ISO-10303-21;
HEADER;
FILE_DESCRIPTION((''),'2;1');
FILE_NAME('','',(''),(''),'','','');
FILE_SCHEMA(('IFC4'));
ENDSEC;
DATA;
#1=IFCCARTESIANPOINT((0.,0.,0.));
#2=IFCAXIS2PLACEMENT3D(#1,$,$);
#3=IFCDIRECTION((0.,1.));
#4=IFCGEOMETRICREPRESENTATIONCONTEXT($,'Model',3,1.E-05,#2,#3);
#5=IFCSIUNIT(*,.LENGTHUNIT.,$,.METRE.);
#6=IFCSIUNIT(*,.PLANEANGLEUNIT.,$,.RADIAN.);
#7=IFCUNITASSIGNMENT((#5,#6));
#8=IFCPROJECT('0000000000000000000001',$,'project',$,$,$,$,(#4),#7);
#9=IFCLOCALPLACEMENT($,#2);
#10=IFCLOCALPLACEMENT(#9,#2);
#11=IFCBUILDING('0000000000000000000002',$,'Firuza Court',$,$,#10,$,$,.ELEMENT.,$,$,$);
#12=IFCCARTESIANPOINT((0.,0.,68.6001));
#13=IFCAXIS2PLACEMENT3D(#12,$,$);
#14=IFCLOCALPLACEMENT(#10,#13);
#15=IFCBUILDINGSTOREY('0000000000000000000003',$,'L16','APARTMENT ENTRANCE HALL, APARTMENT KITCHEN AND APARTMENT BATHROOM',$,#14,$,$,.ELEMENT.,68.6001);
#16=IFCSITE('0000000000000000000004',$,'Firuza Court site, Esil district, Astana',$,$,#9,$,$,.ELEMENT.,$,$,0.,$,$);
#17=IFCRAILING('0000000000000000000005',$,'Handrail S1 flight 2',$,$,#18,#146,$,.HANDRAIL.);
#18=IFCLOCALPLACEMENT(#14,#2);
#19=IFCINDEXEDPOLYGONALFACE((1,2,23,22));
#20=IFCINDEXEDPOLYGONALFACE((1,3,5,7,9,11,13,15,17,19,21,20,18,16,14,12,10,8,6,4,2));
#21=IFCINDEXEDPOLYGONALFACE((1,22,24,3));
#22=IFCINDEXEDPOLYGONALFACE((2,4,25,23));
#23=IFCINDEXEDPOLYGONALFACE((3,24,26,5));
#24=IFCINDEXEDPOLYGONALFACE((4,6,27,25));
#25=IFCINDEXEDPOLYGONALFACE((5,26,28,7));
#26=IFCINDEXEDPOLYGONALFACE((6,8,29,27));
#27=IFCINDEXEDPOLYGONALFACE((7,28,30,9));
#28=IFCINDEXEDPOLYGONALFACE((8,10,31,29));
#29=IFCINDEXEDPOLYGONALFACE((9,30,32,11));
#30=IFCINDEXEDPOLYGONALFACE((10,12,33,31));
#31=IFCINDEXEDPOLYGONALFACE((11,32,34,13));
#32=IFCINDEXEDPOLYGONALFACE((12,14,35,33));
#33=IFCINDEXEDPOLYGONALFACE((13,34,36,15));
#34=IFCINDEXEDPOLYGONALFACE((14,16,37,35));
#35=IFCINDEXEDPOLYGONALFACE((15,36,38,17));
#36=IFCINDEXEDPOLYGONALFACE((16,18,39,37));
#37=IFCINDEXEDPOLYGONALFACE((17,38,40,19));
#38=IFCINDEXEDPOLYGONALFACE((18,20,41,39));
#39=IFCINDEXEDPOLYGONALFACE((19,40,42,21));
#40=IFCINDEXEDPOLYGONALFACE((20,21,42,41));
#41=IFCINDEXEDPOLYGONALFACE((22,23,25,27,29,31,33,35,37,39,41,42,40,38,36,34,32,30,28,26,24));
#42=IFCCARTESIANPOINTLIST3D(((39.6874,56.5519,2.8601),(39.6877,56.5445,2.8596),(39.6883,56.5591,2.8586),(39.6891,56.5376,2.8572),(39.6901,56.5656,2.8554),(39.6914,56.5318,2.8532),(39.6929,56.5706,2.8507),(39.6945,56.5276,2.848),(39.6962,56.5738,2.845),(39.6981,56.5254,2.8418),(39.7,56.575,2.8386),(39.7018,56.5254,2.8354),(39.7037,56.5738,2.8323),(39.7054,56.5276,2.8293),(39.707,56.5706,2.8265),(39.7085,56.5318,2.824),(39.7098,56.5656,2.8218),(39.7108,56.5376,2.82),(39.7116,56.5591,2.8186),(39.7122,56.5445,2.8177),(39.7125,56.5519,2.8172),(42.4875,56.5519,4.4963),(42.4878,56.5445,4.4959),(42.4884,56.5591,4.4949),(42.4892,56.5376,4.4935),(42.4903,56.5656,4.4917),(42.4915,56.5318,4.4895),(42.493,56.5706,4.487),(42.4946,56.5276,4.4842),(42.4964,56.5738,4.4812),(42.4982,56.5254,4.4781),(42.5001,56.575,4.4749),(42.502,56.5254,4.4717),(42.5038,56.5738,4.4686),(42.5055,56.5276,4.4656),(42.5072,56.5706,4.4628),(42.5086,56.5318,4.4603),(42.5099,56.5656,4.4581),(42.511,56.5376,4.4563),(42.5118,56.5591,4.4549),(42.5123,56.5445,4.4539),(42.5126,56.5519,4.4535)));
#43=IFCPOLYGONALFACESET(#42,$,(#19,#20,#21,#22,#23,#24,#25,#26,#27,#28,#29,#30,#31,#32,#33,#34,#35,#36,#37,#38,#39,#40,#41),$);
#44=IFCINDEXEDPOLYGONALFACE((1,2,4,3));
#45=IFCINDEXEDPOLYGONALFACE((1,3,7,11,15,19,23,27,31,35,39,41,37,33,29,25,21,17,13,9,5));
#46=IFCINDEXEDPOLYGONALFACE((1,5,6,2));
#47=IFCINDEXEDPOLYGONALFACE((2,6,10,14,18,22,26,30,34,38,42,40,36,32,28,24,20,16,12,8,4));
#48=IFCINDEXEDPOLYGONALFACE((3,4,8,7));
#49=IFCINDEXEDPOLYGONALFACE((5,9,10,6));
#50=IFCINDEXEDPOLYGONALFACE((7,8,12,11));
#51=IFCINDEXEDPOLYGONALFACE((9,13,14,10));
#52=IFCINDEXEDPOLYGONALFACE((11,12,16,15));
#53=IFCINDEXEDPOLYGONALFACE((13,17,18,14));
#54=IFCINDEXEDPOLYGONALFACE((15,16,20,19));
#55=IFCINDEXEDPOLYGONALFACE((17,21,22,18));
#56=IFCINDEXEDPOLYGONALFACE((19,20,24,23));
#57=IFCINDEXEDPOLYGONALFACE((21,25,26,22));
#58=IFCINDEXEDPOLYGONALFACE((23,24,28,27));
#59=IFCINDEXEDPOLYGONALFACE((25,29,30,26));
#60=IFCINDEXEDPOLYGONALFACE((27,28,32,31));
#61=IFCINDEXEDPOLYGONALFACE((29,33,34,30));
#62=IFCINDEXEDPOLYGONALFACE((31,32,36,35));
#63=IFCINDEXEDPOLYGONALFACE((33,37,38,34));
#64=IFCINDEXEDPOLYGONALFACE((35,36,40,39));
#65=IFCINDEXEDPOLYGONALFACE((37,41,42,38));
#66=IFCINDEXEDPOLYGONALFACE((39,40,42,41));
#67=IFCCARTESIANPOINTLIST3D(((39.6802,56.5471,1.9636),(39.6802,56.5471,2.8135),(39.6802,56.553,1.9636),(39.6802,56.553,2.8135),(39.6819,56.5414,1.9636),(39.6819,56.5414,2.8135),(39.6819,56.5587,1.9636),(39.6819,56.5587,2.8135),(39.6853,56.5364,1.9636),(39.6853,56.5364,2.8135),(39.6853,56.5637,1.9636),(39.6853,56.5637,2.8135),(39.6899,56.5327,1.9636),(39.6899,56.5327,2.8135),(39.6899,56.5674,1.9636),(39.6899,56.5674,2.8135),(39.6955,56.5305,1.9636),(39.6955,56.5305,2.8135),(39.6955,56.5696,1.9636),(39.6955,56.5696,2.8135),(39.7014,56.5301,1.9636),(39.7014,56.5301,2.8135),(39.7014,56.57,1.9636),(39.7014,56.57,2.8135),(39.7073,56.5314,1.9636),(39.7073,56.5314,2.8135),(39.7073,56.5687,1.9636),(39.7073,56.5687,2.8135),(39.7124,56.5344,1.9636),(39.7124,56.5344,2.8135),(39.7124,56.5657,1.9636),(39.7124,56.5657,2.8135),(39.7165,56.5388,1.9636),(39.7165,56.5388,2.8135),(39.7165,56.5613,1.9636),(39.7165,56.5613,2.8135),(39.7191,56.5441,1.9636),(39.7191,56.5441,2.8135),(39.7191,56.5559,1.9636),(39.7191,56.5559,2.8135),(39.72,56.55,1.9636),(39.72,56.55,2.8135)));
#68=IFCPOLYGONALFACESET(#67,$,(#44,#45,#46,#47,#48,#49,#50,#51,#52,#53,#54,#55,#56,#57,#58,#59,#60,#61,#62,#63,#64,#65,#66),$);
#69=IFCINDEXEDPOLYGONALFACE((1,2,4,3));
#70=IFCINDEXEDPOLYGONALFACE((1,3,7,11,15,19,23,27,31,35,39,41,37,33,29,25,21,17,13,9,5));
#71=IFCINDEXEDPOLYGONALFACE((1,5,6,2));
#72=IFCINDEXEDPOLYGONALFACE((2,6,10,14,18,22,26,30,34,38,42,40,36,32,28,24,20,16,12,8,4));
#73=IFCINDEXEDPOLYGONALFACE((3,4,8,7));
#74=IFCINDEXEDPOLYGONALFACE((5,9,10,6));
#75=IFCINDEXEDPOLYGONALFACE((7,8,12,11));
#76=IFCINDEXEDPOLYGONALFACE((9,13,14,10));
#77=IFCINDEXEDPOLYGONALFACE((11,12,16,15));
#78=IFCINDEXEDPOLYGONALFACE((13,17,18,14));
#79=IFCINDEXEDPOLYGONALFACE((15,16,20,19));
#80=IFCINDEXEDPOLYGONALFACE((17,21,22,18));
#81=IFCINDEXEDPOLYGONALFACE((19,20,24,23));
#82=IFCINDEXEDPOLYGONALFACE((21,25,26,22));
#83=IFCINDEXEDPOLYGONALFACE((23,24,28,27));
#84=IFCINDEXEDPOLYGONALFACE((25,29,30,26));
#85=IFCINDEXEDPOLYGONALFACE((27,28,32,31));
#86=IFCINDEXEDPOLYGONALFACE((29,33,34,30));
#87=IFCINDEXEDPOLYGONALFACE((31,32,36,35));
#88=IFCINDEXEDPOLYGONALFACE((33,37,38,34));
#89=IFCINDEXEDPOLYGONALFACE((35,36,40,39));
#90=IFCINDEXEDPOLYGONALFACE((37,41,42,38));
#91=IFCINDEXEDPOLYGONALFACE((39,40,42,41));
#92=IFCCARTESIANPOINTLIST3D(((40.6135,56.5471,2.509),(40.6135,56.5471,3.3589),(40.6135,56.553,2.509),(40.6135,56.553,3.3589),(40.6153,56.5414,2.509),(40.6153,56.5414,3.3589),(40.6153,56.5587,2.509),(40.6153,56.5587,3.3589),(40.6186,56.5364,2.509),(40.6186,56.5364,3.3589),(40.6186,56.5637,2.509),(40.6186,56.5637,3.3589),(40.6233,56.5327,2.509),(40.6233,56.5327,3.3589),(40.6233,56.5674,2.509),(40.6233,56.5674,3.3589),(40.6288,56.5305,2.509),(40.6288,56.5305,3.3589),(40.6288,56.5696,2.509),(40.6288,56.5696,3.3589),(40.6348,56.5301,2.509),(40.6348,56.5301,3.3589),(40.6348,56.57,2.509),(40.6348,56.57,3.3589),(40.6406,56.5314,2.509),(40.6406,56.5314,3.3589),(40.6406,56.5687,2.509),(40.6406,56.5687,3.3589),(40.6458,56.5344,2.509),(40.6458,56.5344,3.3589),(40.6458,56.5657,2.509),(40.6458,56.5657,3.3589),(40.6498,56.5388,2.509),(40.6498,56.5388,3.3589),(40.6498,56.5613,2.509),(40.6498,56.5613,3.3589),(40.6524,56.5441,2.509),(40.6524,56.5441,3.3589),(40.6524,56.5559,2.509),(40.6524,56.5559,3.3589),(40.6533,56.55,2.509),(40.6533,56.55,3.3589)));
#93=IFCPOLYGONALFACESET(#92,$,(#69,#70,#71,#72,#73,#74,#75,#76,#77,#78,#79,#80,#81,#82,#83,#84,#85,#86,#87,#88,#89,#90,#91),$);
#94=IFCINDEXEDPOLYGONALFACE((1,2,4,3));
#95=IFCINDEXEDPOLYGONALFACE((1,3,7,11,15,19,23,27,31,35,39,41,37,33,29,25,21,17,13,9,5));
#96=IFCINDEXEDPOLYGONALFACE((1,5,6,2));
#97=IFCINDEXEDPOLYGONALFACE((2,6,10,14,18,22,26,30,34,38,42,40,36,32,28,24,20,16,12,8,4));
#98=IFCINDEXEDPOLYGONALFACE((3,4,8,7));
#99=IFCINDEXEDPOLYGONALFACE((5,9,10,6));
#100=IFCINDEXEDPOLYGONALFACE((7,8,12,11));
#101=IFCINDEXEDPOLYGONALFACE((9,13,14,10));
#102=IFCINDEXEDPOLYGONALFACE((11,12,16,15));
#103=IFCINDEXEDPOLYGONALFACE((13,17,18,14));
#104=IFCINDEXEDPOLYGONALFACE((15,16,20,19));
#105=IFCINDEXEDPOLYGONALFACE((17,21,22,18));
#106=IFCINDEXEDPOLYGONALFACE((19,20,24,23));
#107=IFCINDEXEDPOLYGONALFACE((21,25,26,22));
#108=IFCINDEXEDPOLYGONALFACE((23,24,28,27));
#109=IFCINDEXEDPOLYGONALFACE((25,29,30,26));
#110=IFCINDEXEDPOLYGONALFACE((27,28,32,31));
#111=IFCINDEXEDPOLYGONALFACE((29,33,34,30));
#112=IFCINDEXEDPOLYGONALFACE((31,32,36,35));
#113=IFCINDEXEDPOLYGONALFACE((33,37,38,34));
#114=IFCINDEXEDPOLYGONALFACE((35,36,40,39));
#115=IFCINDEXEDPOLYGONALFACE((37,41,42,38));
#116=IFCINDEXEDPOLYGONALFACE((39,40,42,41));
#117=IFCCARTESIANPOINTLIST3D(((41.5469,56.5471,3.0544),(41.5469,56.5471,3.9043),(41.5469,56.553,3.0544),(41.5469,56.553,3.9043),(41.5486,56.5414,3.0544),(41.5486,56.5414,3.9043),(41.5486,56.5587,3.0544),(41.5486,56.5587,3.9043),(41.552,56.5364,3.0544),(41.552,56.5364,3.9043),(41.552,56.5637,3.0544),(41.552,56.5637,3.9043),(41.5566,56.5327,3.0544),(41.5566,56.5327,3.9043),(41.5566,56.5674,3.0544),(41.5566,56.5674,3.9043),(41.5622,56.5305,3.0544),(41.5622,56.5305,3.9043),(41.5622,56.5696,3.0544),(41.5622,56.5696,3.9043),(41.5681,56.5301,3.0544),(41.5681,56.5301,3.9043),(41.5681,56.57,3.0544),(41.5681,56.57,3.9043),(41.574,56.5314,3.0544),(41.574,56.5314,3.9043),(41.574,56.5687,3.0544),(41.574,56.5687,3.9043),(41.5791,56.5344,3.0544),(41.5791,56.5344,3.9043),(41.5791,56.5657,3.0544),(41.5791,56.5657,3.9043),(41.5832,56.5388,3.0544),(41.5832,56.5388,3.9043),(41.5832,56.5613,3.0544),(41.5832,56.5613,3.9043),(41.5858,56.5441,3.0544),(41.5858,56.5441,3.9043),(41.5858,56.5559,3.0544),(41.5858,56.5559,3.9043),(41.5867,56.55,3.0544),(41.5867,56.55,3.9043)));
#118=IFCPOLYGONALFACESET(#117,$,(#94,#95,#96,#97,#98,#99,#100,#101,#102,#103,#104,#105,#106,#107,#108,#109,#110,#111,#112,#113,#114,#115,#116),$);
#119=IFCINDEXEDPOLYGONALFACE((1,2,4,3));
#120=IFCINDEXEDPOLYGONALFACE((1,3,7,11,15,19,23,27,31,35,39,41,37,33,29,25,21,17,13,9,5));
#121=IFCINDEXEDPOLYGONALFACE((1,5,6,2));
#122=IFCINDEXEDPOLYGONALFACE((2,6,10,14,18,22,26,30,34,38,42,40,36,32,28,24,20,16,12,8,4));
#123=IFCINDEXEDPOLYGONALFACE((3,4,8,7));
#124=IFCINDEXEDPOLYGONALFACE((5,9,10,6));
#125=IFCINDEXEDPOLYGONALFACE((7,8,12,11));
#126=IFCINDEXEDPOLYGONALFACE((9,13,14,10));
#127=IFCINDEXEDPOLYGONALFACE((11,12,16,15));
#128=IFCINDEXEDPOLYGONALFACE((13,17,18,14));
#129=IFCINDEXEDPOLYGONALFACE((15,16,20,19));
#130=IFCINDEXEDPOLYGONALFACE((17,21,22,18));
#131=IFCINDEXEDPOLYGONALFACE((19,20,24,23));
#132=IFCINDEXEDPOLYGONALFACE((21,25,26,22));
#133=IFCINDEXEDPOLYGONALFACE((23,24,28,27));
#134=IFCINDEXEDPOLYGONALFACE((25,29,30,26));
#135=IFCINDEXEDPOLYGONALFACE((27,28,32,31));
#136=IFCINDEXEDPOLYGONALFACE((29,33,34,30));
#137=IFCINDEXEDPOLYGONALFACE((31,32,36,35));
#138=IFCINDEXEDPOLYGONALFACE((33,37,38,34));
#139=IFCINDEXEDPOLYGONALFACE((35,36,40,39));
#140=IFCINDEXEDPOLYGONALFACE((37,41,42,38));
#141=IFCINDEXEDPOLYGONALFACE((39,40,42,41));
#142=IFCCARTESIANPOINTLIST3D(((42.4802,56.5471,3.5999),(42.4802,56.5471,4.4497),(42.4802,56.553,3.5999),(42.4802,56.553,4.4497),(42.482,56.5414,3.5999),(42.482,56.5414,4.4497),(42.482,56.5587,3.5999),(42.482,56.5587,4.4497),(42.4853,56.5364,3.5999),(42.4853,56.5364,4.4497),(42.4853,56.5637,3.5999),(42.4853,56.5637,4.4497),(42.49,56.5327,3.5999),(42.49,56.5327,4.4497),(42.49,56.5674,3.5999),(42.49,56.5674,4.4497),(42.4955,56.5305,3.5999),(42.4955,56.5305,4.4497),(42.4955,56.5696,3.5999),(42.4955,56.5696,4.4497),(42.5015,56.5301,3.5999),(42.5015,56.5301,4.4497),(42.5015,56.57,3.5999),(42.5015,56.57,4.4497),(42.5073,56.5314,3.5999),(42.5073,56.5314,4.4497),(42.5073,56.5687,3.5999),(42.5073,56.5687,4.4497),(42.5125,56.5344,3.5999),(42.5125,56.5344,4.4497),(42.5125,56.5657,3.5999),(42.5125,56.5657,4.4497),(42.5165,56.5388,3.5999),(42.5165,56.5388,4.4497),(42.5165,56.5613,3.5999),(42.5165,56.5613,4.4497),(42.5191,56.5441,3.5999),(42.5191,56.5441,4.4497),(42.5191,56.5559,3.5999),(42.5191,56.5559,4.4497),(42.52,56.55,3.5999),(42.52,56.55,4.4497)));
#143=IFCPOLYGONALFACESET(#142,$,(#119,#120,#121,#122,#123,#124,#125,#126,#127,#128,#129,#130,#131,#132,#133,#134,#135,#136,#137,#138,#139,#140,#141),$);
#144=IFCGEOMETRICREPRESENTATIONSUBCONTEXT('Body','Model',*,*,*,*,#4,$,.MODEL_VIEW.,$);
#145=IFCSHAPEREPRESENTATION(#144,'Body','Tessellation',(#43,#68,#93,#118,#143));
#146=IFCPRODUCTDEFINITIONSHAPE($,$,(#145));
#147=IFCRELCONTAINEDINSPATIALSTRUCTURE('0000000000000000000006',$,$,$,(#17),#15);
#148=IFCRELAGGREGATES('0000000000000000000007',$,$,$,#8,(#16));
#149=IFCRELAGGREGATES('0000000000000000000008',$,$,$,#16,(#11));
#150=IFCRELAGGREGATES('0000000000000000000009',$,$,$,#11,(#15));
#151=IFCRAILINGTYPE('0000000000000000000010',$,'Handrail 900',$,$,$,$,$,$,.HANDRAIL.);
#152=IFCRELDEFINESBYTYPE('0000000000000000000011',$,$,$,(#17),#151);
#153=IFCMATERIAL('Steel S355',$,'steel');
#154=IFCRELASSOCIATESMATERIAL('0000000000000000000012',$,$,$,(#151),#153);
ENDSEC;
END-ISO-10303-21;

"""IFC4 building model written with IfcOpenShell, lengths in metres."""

from ifc_helpers import new_model, si_unit, direction, frame, origin, origin_2d, place, context, subcontext, project, spatial, circle, extrude, material, type_object, element, save


model = new_model("IFC4")

# Units and contexts
model_context = context("Model", 3, precision=1e-05, world=origin(), true_north=direction((0.0, 1.0)))
body_context = subcontext(model_context, "Body", "Model", "MODEL_VIEW")
ifc_project = project(units=[si_unit("LENGTHUNIT", "METRE"), si_unit("PLANEANGLEUNIT", "RADIAN")], contexts=[model_context])

# Site, building, storey
site_placement = place(None, origin())
site = spatial("IfcSite", under=ifc_project, at=site_placement, Name="Firuza Court site, Esil district, Astana", CompositionType="ELEMENT", RefElevation=0.0)
building_placement = place(site_placement, origin())
building = spatial("IfcBuilding", under=site, at=building_placement, Name="Firuza Court", CompositionType="ELEMENT")
storey_placement = place(building_placement, frame((0.0, 0.0, 68.6001)))
storey = spatial("IfcBuildingStorey", under=building, at=storey_placement, Name="L16", Description="APARTMENT ENTRANCE HALL, APARTMENT KITCHEN AND APARTMENT BATHROOM", CompositionType="ELEMENT", Elevation=68.6001)

# Railing
ifc_material_1 = material(Name="Steel S355", Category="steel")
railing_type_1 = type_object("IfcRailingType", Name="Handrail 900", PredefinedType="HANDRAIL", material=ifc_material_1)
railing_1_placement = place(storey_placement, frame((39.7, 56.55, 1.9636)))
element("IfcRailing", 1, at=railing_1_placement, inside=storey, type_object=railing_type_1, Name="Handrail S1 flight 2", PredefinedType="HANDRAIL", context=body_context, shape_type="SweptSolid", body=[
    extrude(circle(Radius=0.0249, at=origin_2d()), frame((0.0, 0.0, 0.875), z_axis=(0.863394, 0.0, 0.504531), x_axis=(0.0, 1.0, 0.0)), (0.0, 0.0, 1.0), 3.2432),
    extrude(circle(Radius=0.02, at=origin_2d()), origin(), (0.0, 0.0, 1.0), 0.8499),
    extrude(circle(Radius=0.02, at=origin_2d()), frame((0.9333, 0.0, 0.5454)), (0.0, 0.0, 1.0), 0.8499),
    extrude(circle(Radius=0.02, at=origin_2d()), frame((1.8667, 0.0, 1.0908)), (0.0, 0.0, 1.0), 0.8499),
    extrude(circle(Radius=0.02, at=origin_2d()), frame((2.8, 0.0, 1.6362)), (0.0, 0.0, 1.0), 0.8499),
])

save(model, "model.ifc")
